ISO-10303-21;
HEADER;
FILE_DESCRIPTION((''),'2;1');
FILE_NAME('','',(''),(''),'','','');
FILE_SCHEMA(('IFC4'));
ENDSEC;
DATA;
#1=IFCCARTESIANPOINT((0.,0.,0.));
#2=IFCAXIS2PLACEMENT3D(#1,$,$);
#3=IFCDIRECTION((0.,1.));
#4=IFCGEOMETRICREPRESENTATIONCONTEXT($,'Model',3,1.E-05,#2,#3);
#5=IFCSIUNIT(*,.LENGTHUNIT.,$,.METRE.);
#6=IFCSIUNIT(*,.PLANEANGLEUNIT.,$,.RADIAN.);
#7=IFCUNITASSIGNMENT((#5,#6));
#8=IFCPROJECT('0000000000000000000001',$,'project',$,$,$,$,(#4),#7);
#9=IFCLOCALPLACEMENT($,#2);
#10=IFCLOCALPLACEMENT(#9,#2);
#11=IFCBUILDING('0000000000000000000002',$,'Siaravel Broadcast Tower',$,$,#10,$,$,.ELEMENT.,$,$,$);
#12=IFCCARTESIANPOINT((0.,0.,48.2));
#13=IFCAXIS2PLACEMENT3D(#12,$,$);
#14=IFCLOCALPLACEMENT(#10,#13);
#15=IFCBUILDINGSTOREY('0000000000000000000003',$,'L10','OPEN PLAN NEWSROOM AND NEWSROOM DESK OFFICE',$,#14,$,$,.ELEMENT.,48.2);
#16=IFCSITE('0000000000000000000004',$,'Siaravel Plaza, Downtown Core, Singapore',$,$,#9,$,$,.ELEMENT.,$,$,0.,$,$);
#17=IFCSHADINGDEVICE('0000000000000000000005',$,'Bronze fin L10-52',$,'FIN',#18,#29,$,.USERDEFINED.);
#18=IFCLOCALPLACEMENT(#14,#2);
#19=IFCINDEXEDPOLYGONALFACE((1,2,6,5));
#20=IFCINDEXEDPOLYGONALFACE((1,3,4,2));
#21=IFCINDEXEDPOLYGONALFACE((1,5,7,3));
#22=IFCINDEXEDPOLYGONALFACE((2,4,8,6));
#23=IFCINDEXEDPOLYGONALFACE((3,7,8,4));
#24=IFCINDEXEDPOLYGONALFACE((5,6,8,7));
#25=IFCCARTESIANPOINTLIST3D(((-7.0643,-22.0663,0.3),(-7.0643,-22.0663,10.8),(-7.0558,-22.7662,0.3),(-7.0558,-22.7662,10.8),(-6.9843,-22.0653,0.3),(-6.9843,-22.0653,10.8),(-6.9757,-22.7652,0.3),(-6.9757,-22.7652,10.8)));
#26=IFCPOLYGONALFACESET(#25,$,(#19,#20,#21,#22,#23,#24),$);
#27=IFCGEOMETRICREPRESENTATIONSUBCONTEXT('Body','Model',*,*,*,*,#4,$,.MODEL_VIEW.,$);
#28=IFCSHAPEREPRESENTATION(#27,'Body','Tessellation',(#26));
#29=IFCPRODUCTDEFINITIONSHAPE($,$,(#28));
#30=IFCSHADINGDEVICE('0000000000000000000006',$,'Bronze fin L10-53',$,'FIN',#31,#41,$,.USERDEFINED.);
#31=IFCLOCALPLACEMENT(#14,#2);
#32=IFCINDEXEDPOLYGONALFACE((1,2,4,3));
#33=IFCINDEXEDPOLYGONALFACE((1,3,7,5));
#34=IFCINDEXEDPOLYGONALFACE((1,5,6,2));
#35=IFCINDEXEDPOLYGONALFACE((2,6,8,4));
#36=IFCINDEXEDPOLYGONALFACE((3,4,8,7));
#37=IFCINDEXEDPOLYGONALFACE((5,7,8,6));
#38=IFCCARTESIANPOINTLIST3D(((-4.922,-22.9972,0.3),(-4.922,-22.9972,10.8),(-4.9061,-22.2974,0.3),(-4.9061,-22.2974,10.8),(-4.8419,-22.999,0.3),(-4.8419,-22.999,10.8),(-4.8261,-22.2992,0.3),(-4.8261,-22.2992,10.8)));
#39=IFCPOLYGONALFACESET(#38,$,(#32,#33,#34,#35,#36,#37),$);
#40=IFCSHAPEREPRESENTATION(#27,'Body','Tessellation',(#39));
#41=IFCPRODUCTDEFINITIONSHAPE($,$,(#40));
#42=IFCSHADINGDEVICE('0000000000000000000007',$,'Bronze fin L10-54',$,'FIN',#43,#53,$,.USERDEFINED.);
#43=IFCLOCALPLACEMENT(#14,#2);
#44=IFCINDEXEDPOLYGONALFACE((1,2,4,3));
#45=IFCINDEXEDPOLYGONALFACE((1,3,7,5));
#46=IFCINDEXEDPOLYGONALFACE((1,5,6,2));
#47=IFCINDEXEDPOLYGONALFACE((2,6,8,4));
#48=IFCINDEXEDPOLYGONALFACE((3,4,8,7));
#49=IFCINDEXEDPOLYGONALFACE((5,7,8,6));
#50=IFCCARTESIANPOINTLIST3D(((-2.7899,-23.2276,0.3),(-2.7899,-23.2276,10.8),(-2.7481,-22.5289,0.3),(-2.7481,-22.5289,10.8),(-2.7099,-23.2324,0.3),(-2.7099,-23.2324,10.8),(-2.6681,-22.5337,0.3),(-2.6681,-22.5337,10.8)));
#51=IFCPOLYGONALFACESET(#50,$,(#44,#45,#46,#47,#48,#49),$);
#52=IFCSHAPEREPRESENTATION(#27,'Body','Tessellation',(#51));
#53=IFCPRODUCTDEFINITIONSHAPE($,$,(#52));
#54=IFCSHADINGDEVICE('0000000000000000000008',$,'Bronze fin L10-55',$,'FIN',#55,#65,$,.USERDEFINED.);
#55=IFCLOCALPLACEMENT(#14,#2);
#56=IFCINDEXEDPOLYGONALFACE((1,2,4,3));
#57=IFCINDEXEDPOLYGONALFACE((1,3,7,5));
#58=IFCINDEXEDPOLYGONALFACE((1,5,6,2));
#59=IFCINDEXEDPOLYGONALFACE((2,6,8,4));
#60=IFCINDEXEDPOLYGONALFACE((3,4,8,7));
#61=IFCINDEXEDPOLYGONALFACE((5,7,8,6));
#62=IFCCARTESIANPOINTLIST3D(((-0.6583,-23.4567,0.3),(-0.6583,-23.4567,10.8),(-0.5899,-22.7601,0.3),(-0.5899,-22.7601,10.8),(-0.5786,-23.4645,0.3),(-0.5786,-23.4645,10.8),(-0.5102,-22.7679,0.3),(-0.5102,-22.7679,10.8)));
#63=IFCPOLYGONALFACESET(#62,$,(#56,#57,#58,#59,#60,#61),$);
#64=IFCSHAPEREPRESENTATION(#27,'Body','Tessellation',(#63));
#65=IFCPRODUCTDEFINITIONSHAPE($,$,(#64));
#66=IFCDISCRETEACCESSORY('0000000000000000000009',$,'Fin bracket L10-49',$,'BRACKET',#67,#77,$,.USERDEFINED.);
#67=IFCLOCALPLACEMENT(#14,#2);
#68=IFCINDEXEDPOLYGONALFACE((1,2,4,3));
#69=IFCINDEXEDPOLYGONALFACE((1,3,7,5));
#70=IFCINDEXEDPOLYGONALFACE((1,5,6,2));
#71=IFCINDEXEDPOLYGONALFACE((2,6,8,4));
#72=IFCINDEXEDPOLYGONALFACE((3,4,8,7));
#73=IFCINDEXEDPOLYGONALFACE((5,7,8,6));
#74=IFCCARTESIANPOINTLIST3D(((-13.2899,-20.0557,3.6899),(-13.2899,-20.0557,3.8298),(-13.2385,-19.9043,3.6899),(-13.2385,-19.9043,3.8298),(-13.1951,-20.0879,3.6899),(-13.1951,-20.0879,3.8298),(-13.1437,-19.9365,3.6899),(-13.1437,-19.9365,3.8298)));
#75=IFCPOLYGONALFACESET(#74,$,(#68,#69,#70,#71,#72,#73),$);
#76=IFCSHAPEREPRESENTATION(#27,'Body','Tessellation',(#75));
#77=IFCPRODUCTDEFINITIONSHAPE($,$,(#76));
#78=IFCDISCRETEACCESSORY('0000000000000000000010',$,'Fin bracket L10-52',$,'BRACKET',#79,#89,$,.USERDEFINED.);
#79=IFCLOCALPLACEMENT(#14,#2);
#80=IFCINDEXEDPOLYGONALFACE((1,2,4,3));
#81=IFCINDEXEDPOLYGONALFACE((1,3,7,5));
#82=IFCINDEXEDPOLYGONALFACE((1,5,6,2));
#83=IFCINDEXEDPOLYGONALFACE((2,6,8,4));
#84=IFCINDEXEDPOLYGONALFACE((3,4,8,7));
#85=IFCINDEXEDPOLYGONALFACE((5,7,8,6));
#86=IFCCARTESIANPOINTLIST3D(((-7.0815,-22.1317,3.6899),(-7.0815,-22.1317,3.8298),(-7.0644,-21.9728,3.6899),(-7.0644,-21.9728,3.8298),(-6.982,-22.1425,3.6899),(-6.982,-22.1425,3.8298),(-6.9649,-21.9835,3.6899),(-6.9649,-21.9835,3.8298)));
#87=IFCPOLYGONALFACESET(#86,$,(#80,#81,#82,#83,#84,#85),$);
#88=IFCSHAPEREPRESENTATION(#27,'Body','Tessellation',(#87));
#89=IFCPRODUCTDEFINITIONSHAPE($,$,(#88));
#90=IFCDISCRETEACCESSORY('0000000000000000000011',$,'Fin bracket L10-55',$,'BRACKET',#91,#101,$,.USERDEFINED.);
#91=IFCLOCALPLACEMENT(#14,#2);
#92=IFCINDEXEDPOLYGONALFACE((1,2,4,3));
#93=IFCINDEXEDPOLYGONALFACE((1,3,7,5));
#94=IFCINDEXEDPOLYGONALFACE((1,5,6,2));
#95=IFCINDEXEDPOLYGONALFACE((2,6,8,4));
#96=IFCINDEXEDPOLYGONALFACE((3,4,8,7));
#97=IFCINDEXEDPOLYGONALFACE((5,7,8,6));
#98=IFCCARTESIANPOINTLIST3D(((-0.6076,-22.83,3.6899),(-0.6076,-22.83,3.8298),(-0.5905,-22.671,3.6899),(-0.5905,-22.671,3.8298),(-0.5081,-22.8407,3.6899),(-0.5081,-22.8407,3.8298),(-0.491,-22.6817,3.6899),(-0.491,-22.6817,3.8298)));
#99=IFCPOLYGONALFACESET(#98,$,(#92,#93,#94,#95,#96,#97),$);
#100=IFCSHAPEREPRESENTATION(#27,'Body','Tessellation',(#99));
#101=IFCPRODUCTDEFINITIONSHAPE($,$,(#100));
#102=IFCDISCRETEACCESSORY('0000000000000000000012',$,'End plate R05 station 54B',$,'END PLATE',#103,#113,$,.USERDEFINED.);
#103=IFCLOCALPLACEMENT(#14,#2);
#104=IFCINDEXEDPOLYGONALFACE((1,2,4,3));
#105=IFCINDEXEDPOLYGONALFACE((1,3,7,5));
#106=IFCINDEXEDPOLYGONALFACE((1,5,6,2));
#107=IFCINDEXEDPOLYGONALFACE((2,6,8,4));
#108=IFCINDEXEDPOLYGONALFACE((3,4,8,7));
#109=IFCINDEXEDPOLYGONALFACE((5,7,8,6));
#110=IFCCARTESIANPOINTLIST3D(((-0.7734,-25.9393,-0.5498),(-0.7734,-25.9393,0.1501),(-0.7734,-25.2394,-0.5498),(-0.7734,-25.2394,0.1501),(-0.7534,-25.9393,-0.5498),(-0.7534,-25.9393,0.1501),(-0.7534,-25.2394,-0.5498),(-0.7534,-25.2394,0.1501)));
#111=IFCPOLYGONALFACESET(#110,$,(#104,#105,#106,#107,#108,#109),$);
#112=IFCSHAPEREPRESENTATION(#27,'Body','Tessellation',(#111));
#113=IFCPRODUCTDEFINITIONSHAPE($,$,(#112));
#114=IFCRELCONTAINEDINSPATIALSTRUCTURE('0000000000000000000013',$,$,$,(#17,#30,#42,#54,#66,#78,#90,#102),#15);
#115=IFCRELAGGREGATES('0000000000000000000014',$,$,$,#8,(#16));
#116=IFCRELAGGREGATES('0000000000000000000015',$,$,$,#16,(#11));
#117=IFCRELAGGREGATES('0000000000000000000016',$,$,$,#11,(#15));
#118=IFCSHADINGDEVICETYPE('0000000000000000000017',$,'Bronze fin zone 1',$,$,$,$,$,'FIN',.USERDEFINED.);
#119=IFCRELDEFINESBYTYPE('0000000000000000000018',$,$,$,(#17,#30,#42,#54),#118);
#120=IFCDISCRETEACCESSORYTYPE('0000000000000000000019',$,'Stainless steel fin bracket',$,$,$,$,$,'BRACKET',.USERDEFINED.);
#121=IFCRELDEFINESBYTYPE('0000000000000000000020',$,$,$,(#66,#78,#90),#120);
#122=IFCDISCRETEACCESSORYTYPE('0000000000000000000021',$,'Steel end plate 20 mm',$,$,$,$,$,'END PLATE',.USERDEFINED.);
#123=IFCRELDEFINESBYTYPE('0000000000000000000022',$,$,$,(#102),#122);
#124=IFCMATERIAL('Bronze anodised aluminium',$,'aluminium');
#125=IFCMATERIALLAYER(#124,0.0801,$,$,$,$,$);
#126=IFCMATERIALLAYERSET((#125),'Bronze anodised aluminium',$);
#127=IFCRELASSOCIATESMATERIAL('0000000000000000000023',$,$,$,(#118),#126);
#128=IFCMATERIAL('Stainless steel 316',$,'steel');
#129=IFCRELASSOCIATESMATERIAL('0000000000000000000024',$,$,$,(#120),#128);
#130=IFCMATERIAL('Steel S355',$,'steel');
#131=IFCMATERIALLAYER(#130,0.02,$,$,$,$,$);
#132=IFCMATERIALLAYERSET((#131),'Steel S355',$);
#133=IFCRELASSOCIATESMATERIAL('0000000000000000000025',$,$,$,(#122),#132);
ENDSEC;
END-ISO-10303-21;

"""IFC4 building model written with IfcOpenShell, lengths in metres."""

from ifc_helpers import new_model, si_unit, direction, frame, origin, origin_2d, place, context, subcontext, project, spatial, rectangle, extrude, material, layer, layer_set, type_object, element, save


model = new_model("IFC4")

# Units and contexts
model_context = context("Model", 3, precision=1e-05, world=origin(), true_north=direction((0.0, 1.0)))
body_context = subcontext(model_context, "Body", "Model", "MODEL_VIEW")
ifc_project = project(units=[si_unit("LENGTHUNIT", "METRE"), si_unit("PLANEANGLEUNIT", "RADIAN")], contexts=[model_context])

# Site, building, storey
site_placement = place(None, origin())
site = spatial("IfcSite", under=ifc_project, at=site_placement, Name="Siaravel Plaza, Downtown Core, Singapore", CompositionType="ELEMENT", RefElevation=0.0)
building_placement = place(site_placement, origin())
building = spatial("IfcBuilding", under=site, at=building_placement, Name="Siaravel Broadcast Tower", CompositionType="ELEMENT")
storey_placement = place(building_placement, frame((0.0, 0.0, 48.2)))
storey = spatial("IfcBuildingStorey", under=building, at=storey_placement, Name="L10", Description="OPEN PLAN NEWSROOM AND NEWSROOM DESK OFFICE", CompositionType="ELEMENT", Elevation=48.2)

# Shared definitions
ifc_material_1 = material(Name="Steel S355", Category="steel")

# Shading devices
ifc_material_2 = material(Name="Bronze anodised aluminium", Category="aluminium")
ifc_layer_1 = layer(ifc_material_2, 0.0801)
ifc_layer_set_1 = layer_set([ifc_layer_1], Name="Bronze anodised aluminium")
shading_device_type = type_object("IfcShadingDeviceType", Name="Bronze fin zone 1", ElementType="FIN", PredefinedType="USERDEFINED", material=ifc_layer_set_1)
for number, where, z_axis, x_axis, name in (
    (1, (-7.02, -22.4158, 0.3), (0.0, 0.0, 1.0), (0.012194, -0.999926, 0.0), "Bronze fin L10-52"),
    (2, (-4.874, -22.6482, 0.3), (0.0, 0.0, 1.0), (-0.022595, -0.999745, 0.0), "Bronze fin L10-53"),
    (3, (-2.729, -22.8806, 0.3), (0.0, 0.0, 1.0), (-0.059718, -0.998215, 0.0), "Bronze fin L10-54"),
    (4, (-0.5842, -23.1123, 0.3), (0.0, 0.0, 1.0), (-0.097743, -0.995212, 0.0), "Bronze fin L10-55"),
):
    element("IfcShadingDevice", number, at=place(storey_placement, frame(where, z_axis=z_axis, x_axis=x_axis)), inside=storey, type_object=shading_device_type, Name=name, ObjectType="FIN", PredefinedType="USERDEFINED", context=body_context, shape_type="SweptSolid", body=[
        extrude(rectangle(XDim=0.7, YDim=0.0801, at=origin_2d()), origin(), (0.0, 0.0, 1.0), 10.5),
    ])

# Discrete accessories
ifc_material_3 = material(Name="Stainless steel 316", Category="steel")
discrete_accessory_type_1 = type_object("IfcDiscreteAccessoryType", Name="Stainless steel fin bracket", ElementType="BRACKET", PredefinedType="USERDEFINED", material=ifc_material_3)
for number, where, z_axis, x_axis, name in (
    (5, (-13.2168, -19.9961, 3.6899), (0.0, 0.0, 1.0), (-0.321301, -0.946977, 0.0), "Fin bracket L10-49"),
    (6, (-7.0232, -22.0576, 3.6899), (0.0, 0.0, 1.0), (-0.107217, -0.994236, 0.0), "Fin bracket L10-52"),
    (7, (-0.5493, -22.7559, 3.6899), (0.0, 0.0, 1.0), (-0.107217, -0.994236, 0.0), "Fin bracket L10-55"),
):
    element("IfcDiscreteAccessory", number, at=place(storey_placement, frame(where, z_axis=z_axis, x_axis=x_axis)), inside=storey, type_object=discrete_accessory_type_1, Name=name, ObjectType="BRACKET", PredefinedType="USERDEFINED", context=body_context, shape_type="SweptSolid", body=[
        extrude(rectangle(XDim=0.1599, YDim=0.1001, at=origin_2d()), origin(), (0.0, 0.0, 1.0), 0.1399),
    ])
ifc_layer_2 = layer(ifc_material_1, 0.02)
ifc_layer_set_2 = layer_set([ifc_layer_2], Name="Steel S355")
discrete_accessory_type_2 = type_object("IfcDiscreteAccessoryType", Name="Steel end plate 20 mm", ElementType="END PLATE", PredefinedType="USERDEFINED", material=ifc_layer_set_2)
discrete_accessory_placement = place(storey_placement, frame((-0.7634, -25.5894, -0.5498), z_axis=(0.0, 0.0, 1.0), x_axis=(1.0, 0.0, 0.0)))
element("IfcDiscreteAccessory", 8, at=discrete_accessory_placement, inside=storey, type_object=discrete_accessory_type_2, Name="End plate R05 station 54B", ObjectType="END PLATE", PredefinedType="USERDEFINED", context=body_context, shape_type="SweptSolid", body=[
    extrude(rectangle(XDim=0.02, YDim=0.7, at=origin_2d()), origin(), (0.0, 0.0, 1.0), 0.7),
])

save(model, "model.ifc")
